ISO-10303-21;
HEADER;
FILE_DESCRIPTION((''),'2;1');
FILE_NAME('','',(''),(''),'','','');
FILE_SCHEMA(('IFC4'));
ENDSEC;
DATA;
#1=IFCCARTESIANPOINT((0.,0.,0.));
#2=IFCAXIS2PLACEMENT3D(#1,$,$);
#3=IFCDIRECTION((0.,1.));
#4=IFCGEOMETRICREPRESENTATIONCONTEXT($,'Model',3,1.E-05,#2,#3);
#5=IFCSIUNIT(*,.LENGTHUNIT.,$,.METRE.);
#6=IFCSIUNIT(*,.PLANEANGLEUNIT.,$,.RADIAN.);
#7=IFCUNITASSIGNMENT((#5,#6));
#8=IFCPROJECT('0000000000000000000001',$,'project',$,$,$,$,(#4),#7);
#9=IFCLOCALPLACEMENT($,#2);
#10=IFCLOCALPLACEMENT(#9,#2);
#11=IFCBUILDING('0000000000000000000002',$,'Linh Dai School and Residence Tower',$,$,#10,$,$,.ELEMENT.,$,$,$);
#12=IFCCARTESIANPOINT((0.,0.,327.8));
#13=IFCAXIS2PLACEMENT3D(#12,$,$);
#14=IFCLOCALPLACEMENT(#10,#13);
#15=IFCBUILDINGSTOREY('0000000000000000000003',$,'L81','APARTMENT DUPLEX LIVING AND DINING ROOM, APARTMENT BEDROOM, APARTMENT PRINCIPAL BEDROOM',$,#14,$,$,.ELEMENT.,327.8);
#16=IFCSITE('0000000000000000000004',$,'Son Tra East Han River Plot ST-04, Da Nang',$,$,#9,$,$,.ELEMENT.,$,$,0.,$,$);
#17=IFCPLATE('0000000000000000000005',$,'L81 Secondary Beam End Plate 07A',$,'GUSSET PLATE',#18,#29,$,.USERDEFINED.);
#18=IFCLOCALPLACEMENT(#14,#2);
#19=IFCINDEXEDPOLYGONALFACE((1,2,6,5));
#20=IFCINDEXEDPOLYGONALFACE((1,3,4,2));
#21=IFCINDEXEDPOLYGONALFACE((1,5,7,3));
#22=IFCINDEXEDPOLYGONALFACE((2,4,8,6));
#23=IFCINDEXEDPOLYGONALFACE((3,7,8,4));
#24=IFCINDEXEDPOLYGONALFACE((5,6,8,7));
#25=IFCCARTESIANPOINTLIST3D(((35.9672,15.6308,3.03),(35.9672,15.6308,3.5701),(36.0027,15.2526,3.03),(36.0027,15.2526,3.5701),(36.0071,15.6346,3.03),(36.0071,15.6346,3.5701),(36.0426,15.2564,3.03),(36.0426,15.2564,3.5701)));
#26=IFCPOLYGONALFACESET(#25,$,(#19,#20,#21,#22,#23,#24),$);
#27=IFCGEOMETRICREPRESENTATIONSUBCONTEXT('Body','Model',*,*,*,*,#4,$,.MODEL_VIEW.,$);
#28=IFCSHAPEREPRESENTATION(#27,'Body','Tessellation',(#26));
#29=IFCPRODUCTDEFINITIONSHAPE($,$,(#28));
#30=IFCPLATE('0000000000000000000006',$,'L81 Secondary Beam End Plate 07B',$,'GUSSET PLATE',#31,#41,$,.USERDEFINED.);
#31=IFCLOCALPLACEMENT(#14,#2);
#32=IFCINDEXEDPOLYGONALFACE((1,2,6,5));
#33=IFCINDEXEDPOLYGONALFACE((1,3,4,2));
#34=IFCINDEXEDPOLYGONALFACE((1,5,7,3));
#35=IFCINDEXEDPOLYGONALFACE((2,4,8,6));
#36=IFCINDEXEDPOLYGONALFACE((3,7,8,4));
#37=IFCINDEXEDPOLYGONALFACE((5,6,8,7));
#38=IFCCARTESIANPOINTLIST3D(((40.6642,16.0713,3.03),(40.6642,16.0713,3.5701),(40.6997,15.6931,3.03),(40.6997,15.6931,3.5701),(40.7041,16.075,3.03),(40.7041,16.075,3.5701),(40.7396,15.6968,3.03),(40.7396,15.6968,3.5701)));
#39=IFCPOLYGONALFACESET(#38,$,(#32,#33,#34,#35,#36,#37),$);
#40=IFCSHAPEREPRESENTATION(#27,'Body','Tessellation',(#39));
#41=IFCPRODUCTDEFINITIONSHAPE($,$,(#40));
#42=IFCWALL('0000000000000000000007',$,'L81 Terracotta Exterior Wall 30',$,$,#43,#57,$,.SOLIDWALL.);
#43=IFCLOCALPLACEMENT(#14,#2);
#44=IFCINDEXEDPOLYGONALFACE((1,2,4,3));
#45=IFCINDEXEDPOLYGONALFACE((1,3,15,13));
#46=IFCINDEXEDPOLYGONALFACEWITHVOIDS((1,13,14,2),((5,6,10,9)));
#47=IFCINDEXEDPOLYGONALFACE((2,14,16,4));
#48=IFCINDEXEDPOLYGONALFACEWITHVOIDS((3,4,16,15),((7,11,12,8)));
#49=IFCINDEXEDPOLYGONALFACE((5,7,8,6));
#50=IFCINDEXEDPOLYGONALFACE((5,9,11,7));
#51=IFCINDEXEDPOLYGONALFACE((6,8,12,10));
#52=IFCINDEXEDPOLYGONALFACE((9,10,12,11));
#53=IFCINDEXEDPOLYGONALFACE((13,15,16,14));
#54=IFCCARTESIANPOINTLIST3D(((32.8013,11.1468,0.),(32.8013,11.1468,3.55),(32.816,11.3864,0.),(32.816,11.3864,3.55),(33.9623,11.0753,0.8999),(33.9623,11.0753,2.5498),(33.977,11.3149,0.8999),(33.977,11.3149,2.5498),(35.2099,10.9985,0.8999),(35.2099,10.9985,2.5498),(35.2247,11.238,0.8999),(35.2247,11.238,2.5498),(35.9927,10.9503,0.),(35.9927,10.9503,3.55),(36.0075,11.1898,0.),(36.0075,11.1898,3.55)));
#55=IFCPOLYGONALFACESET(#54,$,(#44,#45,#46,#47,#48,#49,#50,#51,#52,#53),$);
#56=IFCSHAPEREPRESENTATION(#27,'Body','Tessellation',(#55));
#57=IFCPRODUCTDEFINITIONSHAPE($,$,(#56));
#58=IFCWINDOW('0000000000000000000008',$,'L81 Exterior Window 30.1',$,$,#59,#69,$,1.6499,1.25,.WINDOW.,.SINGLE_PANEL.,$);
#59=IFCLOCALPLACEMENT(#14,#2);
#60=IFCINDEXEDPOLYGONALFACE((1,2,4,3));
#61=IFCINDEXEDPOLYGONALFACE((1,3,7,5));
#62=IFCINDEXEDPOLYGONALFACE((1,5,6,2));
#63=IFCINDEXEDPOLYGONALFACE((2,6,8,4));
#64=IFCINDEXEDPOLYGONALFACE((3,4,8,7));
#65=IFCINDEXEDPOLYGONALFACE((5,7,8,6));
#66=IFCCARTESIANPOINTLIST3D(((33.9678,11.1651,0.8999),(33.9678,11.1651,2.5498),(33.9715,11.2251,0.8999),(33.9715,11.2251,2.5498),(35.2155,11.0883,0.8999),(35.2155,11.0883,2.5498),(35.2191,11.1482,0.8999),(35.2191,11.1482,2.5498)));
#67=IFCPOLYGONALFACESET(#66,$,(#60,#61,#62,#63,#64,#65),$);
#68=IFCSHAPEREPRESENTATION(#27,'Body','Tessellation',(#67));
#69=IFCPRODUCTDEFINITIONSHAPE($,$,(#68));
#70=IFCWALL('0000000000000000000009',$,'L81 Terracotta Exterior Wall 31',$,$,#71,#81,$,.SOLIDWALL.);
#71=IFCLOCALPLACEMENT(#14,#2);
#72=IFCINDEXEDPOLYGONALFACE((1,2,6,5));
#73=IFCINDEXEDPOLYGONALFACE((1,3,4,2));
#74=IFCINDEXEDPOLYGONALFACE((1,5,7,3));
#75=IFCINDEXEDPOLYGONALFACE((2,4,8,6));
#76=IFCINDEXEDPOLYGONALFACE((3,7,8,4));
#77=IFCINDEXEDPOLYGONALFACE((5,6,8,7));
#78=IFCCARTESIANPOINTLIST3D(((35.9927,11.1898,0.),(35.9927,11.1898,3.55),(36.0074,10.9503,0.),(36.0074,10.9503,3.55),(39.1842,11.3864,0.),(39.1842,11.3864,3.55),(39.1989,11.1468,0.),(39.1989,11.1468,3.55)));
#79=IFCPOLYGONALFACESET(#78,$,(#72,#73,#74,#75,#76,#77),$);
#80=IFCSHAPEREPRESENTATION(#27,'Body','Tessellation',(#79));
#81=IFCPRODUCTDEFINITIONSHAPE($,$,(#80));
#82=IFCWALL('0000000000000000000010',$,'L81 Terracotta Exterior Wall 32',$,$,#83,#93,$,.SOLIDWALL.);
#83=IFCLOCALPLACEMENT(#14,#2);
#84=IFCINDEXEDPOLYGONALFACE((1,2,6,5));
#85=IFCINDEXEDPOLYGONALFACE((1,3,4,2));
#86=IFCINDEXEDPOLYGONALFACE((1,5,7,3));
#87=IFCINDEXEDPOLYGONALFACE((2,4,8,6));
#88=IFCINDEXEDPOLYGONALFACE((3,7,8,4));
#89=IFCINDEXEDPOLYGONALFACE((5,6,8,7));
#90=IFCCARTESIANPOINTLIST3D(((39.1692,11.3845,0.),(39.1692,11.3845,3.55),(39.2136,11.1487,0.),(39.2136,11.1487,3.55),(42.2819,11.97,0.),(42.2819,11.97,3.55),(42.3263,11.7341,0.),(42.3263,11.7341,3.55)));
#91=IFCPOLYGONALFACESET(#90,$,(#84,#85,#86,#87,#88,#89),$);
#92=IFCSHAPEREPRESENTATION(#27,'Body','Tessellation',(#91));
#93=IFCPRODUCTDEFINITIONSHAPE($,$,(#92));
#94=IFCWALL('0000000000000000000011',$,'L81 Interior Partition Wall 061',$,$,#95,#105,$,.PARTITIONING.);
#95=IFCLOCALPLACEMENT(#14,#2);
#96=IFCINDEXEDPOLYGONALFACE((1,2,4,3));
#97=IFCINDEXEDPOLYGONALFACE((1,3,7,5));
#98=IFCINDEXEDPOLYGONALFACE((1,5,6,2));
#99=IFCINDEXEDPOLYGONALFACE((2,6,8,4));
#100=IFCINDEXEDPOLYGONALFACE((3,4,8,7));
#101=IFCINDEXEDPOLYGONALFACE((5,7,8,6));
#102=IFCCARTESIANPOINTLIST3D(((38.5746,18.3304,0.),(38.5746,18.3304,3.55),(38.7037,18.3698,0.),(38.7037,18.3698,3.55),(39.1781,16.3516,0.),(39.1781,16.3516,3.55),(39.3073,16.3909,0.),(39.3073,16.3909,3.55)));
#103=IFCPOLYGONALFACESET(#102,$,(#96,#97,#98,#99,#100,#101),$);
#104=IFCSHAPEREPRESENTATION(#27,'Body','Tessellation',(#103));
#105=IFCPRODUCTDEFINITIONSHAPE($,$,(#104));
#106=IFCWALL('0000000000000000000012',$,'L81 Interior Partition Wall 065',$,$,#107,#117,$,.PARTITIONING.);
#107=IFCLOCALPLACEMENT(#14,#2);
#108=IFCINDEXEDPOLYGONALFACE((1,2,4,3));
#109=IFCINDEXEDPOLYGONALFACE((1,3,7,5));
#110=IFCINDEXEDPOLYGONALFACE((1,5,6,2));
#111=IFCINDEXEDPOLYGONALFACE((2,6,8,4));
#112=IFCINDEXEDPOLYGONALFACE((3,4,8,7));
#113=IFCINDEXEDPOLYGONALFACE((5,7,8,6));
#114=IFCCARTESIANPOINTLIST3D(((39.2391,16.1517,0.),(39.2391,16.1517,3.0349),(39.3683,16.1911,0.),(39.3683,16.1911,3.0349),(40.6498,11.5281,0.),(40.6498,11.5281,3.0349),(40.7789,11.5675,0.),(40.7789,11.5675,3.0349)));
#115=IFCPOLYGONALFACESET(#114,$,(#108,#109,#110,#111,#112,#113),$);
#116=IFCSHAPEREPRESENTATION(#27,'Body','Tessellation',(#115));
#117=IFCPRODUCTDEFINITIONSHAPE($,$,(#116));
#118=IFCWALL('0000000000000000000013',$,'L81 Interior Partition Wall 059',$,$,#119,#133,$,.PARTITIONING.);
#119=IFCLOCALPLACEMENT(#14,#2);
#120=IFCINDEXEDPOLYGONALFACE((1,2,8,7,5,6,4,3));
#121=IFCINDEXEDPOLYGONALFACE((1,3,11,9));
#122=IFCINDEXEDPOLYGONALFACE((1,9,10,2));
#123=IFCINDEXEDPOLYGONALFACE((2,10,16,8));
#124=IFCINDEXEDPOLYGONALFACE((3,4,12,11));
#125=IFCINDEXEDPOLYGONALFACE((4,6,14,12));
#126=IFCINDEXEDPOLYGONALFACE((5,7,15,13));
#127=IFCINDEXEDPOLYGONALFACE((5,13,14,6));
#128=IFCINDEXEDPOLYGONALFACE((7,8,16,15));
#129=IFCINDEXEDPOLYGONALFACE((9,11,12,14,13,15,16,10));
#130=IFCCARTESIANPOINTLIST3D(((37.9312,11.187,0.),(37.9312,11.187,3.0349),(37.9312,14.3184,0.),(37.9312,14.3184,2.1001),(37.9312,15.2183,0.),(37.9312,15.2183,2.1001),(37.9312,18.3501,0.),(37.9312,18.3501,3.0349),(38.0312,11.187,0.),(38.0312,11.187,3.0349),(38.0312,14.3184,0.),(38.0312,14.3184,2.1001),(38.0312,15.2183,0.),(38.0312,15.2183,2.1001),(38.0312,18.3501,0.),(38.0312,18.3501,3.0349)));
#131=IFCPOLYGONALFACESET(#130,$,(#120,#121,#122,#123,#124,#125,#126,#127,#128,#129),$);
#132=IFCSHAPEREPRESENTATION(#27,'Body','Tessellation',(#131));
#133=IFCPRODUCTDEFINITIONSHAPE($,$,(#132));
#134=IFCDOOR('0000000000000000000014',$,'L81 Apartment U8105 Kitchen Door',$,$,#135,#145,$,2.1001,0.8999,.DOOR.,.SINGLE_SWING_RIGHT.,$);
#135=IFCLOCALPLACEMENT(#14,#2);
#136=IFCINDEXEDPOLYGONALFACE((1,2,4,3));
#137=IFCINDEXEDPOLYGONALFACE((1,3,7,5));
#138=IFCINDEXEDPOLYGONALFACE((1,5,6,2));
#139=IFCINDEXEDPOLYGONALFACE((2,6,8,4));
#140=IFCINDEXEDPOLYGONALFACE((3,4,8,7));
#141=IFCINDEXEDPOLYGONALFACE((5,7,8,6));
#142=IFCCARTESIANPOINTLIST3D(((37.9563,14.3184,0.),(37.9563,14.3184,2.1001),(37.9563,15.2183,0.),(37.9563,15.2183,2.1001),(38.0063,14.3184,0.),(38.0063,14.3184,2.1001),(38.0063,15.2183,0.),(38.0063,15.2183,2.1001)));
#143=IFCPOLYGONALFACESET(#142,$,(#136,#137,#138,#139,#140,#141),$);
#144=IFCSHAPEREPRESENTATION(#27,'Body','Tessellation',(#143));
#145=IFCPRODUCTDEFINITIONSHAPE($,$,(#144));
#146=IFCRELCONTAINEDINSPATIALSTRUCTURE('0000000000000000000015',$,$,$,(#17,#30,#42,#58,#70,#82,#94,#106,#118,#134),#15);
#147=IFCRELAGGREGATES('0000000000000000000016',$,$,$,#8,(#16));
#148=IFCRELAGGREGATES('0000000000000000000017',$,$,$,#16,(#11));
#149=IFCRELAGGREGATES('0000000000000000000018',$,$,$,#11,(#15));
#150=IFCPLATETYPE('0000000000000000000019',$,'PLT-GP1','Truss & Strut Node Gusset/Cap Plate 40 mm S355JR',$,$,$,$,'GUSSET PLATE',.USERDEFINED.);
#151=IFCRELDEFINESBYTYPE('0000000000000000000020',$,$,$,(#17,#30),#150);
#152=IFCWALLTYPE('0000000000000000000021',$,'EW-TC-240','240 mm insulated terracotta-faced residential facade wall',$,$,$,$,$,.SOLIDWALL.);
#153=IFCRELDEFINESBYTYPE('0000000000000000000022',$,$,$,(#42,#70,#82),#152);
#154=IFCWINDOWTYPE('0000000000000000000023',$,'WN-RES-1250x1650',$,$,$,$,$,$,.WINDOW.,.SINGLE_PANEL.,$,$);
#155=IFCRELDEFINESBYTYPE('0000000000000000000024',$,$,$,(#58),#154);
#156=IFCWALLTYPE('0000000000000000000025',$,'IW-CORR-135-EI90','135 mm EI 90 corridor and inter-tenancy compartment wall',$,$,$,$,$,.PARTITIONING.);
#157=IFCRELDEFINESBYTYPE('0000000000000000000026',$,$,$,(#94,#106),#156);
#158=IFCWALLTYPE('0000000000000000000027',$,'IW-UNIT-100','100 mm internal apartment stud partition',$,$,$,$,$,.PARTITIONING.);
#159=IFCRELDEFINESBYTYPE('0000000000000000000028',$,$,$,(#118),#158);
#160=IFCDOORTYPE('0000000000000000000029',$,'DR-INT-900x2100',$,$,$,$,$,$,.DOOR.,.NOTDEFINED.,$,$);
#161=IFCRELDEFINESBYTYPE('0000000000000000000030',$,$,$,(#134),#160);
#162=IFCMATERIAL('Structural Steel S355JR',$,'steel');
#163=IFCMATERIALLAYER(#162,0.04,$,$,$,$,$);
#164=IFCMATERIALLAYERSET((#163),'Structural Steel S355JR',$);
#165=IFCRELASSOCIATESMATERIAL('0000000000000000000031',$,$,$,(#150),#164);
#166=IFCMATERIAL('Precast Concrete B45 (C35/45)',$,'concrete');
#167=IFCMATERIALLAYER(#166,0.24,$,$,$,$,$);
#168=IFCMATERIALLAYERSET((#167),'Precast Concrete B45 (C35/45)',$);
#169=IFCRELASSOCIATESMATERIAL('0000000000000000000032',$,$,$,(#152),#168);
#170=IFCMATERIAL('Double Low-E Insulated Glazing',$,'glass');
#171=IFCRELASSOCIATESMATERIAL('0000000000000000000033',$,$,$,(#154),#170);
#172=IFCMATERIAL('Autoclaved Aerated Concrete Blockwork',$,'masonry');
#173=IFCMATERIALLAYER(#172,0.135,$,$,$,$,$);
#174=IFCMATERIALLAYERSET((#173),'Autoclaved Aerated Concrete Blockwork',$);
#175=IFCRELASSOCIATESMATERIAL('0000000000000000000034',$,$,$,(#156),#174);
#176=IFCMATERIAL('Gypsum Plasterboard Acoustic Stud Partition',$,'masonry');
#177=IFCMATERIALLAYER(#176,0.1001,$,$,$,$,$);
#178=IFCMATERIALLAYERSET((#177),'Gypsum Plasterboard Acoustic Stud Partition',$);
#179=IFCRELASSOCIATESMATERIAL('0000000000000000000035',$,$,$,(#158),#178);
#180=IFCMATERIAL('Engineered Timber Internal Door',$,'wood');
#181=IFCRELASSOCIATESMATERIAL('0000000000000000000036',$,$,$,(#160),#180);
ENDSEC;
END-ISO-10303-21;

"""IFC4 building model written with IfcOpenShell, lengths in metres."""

from ifc_helpers import new_model, si_unit, direction, frame, frame_2d, origin, origin_2d, place, context, subcontext, project, spatial, rectangle, extrude, source, transform, mapped, material, layer, layer_set, type_object, element, fill, save


model = new_model("IFC4")

# Units and contexts
model_context = context("Model", 3, precision=1e-05, world=origin(), true_north=direction((0.0, 1.0)))
body_context = subcontext(model_context, "Body", "Model", "MODEL_VIEW")
ifc_project = project(units=[si_unit("LENGTHUNIT", "METRE"), si_unit("PLANEANGLEUNIT", "RADIAN")], contexts=[model_context])

# Site, building, storey
site_placement = place(None, origin())
site = spatial("IfcSite", under=ifc_project, at=site_placement, Name="Son Tra East Han River Plot ST-04, Da Nang", CompositionType="ELEMENT", RefElevation=0.0)
building_placement = place(site_placement, origin())
building = spatial("IfcBuilding", under=site, at=building_placement, Name="Linh Dai School and Residence Tower", CompositionType="ELEMENT")
storey_placement = place(building_placement, frame((0.0, 0.0, 327.8)))
storey = spatial("IfcBuildingStorey", under=building, at=storey_placement, Name="L81", Description="APARTMENT DUPLEX LIVING AND DINING ROOM, APARTMENT BEDROOM, APARTMENT PRINCIPAL BEDROOM", CompositionType="ELEMENT", Elevation=327.8)

# Shared definitions
ifc_material_1 = material(Name="Structural Steel S355JR", Category="steel")

# Plates
ifc_layer_1 = layer(ifc_material_1, 0.04)
ifc_layer_set_1 = layer_set([ifc_layer_1], Name="Structural Steel S355JR")
plate_type = type_object("IfcPlateType", Name="PLT-GP1", Description="Truss & Strut Node Gusset/Cap Plate 40 mm S355JR", ElementType="GUSSET PLATE", PredefinedType="USERDEFINED", material=ifc_layer_set_1)
shared_shape_1 = source(origin(), body_context, "Body", "SweptSolid", [
    extrude(rectangle(XDim=0.04, YDim=0.3799, at=origin_2d()), origin(), (0.0, 0.0, 1.0), 0.54),
])
for number, where, z_axis, x_axis, name in (
    (1, (36.0049, 15.4436, 3.03), (0.0, 0.0, 1.0), (0.995631, 0.093373, 0.0), "L81 Secondary Beam End Plate 07A"),
    (2, (40.7019, 15.884, 3.03), (0.0, 0.0, 1.0), (0.995631, 0.093373, 0.0), "L81 Secondary Beam End Plate 07B"),
):
    element("IfcPlate", number, at=place(storey_placement, frame(where, z_axis=z_axis, x_axis=x_axis)), inside=storey, type_object=plate_type, Name=name, ObjectType="GUSSET PLATE", PredefinedType="USERDEFINED", context=body_context, shape_type="MappedRepresentation", body=[
        mapped(shared_shape_1, transform((0.0, 0.0, 0.0), x_axis=(1.0, 0.0, 0.0), y_axis=(0.0, 1.0, 0.0), z_axis=(0.0, 0.0, 1.0), scale=1.0)),
    ])

# Wall, opening, window
ifc_material_2 = material(Name="Precast Concrete B45 (C35/45)", Category="concrete")
ifc_layer_2 = layer(ifc_material_2, 0.24)
ifc_layer_set_2 = layer_set([ifc_layer_2], Name="Precast Concrete B45 (C35/45)")
wall_type_1 = type_object("IfcWallType", Name="EW-TC-240", Description="240 mm insulated terracotta-faced residential facade wall", PredefinedType="SOLIDWALL", material=ifc_layer_set_2)
wall_1_placement = place(storey_placement, frame((36.0, 11.0701, 0.0), z_axis=(0.0, 0.0, 1.0), x_axis=(-0.998109, 0.061466, 0.0)))
wall_1 = element("IfcWall", 3, at=wall_1_placement, inside=storey, type_object=wall_type_1, Name="L81 Terracotta Exterior Wall 30", PredefinedType="SOLIDWALL", context=body_context, shape_type="SweptSolid", body=[
    extrude(rectangle(XDim=3.1975, YDim=0.24, at=frame_2d((1.5986, 0.0))), origin(), (0.0, 0.0, 1.0), 3.55),
])
opening_1_placement = place(wall_1_placement, frame((0.7842, 0.0, 0.8999)))
opening_1 = element("IfcOpeningElement", 4, at=opening_1_placement, cuts=wall_1, PredefinedType="OPENING", context=body_context, shape_type="SweptSolid", body=[
    extrude(rectangle(XDim=1.25, YDim=1.6499, at=origin_2d()), frame((0.625, 0.1299, 0.825), z_axis=(0.0, -1.0, 0.0), x_axis=(1.0, 0.0, 0.0)), (0.0, 0.0, 1.0), 0.26),
])
ifc_material_3 = material(Name="Double Low-E Insulated Glazing", Category="glass")
window_type = type_object("IfcWindowType", Name="WN-RES-1250x1650", PartitioningType="SINGLE_PANEL", PredefinedType="WINDOW", material=ifc_material_3)
shared_shape_2 = source(origin(), body_context, "Body", "SweptSolid", [
    extrude(rectangle(XDim=1.25, YDim=1.6499, at=origin_2d()), frame((0.625, 0.03, 0.825), z_axis=(0.0, -1.0, 0.0), x_axis=(1.0, 0.0, 0.0)), (0.0, 0.0, 1.0), 0.0601),
])
window_placement = place(opening_1_placement, origin())
window = element("IfcWindow", 5, at=window_placement, inside=storey, type_object=window_type, Name="L81 Exterior Window 30.1", OverallHeight=1.6499, OverallWidth=1.25, PartitioningType="SINGLE_PANEL", PredefinedType="WINDOW", context=body_context, shape_type="MappedRepresentation", body=[
    mapped(shared_shape_2, transform((0.0, 0.0, 0.0), x_axis=(1.0, 0.0, 0.0), y_axis=(0.0, 1.0, 0.0), z_axis=(0.0, 0.0, 1.0), scale=1.0)),
])
fill(opening_1, window)

# Walls
wall_2_placement = place(storey_placement, frame((39.1914, 11.2666, 0.0), z_axis=(0.0, 0.0, 1.0), x_axis=(-0.998109, -0.061466, 0.0)))
element("IfcWall", 6, at=wall_2_placement, inside=storey, type_object=wall_type_1, Name="L81 Terracotta Exterior Wall 31", PredefinedType="SOLIDWALL", context=body_context, shape_type="SweptSolid", body=[
    extrude(rectangle(XDim=3.1975, YDim=0.24, at=frame_2d((1.5986, 0.0))), origin(), (0.0, 0.0, 1.0), 3.55),
])
wall_3_placement = place(storey_placement, frame((42.304, 11.8521, 0.0), z_axis=(0.0, 0.0, 1.0), x_axis=(-0.982766, -0.184852, 0.0)))
element("IfcWall", 7, at=wall_3_placement, inside=storey, type_object=wall_type_1, Name="L81 Terracotta Exterior Wall 32", PredefinedType="SOLIDWALL", context=body_context, shape_type="SweptSolid", body=[
    extrude(rectangle(XDim=3.1672, YDim=0.24, at=frame_2d((1.5835, 0.0))), origin(), (0.0, 0.0, 1.0), 3.55),
])
ifc_material_4 = material(Name="Autoclaved Aerated Concrete Blockwork", Category="masonry")
ifc_layer_3 = layer(ifc_material_4, 0.135)
ifc_layer_set_3 = layer_set([ifc_layer_3], Name="Autoclaved Aerated Concrete Blockwork")
wall_type_2 = type_object("IfcWallType", Name="IW-CORR-135-EI90", Description="135 mm EI 90 corridor and inter-tenancy compartment wall", PredefinedType="PARTITIONING", material=ifc_layer_set_3)
wall_4_placement = place(storey_placement, frame((38.6392, 18.3501, 0.0), z_axis=(0.0, 0.0, 1.0), x_axis=(0.29173, -0.956501, 0.0)))
element("IfcWall", 8, at=wall_4_placement, inside=storey, type_object=wall_type_2, Name="L81 Interior Partition Wall 061", PredefinedType="PARTITIONING", context=body_context, shape_type="SweptSolid", body=[
    extrude(rectangle(XDim=2.0688, YDim=0.135, at=frame_2d((1.0344, 0.0))), origin(), (0.0, 0.0, 1.0), 3.55),
])
wall_5_placement = place(storey_placement, frame((39.3037, 16.1714, 0.0), z_axis=(0.0, 0.0, 1.0), x_axis=(0.291821, -0.956473, 0.0)))
element("IfcWall", 9, at=wall_5_placement, inside=storey, type_object=wall_type_2, Name="L81 Interior Partition Wall 065", PredefinedType="PARTITIONING", context=body_context, shape_type="SweptSolid", body=[
    extrude(rectangle(XDim=4.834, YDim=0.135, at=frame_2d((2.417, 0.0))), origin(), (0.0, 0.0, 1.0), 3.0349),
])

# Wall, opening, door
ifc_material_5 = material(Name="Gypsum Plasterboard Acoustic Stud Partition", Category="masonry")
ifc_layer_4 = layer(ifc_material_5, 0.1001)
ifc_layer_set_4 = layer_set([ifc_layer_4], Name="Gypsum Plasterboard Acoustic Stud Partition")
wall_type_3 = type_object("IfcWallType", Name="IW-UNIT-100", Description="100 mm internal apartment stud partition", PredefinedType="PARTITIONING", material=ifc_layer_set_4)
wall_6_placement = place(storey_placement, frame((37.9812, 11.187, 0.0), z_axis=(0.0, 0.0, 1.0), x_axis=(0.0, 1.0, 0.0)))
wall_6 = element("IfcWall", 10, at=wall_6_placement, inside=storey, type_object=wall_type_3, Name="L81 Interior Partition Wall 059", PredefinedType="PARTITIONING", context=body_context, shape_type="SweptSolid", body=[
    extrude(rectangle(XDim=7.1631, YDim=0.1001, at=frame_2d((3.5815, 0.0))), origin(), (0.0, 0.0, 1.0), 3.0349),
])
opening_2_placement = place(wall_6_placement, frame((3.1313, 0.0, 0.0)))
opening_2 = element("IfcOpeningElement", 11, at=opening_2_placement, cuts=wall_6, PredefinedType="OPENING", context=body_context, shape_type="SweptSolid", body=[
    extrude(rectangle(XDim=0.8999, YDim=2.1001, at=origin_2d()), frame((0.45, 0.0601, 1.05), z_axis=(0.0, -1.0, 0.0), x_axis=(1.0, 0.0, 0.0)), (0.0, 0.0, 1.0), 0.1201),
])
ifc_material_6 = material(Name="Engineered Timber Internal Door", Category="wood")
door_type_1 = type_object("IfcDoorType", Name="DR-INT-900x2100", OperationType="NOTDEFINED", PredefinedType="DOOR", material=ifc_material_6)
shared_shape_3 = source(origin(), body_context, "Body", "SweptSolid", [
    extrude(rectangle(XDim=0.8999, YDim=2.1001, at=origin_2d()), frame((0.45, 0.0249, 1.05), z_axis=(0.0, -1.0, 0.0), x_axis=(1.0, 0.0, 0.0)), (0.0, 0.0, 1.0), 0.05),
])
door_1_placement = place(opening_2_placement, origin())
door_1 = element("IfcDoor", 12, at=door_1_placement, inside=storey, type_object=door_type_1, Name="L81 Apartment U8105 Kitchen Door", OperationType="SINGLE_SWING_RIGHT", OverallHeight=2.1001, OverallWidth=0.8999, PredefinedType="DOOR", context=body_context, shape_type="MappedRepresentation", body=[
    mapped(shared_shape_3, transform((0.0, 0.0, 0.0), x_axis=(1.0, 0.0, 0.0), y_axis=(0.0, 1.0, 0.0), z_axis=(0.0, 0.0, 1.0), scale=1.0)),
])
fill(opening_2, door_1)

save(model, "model.ifc")
